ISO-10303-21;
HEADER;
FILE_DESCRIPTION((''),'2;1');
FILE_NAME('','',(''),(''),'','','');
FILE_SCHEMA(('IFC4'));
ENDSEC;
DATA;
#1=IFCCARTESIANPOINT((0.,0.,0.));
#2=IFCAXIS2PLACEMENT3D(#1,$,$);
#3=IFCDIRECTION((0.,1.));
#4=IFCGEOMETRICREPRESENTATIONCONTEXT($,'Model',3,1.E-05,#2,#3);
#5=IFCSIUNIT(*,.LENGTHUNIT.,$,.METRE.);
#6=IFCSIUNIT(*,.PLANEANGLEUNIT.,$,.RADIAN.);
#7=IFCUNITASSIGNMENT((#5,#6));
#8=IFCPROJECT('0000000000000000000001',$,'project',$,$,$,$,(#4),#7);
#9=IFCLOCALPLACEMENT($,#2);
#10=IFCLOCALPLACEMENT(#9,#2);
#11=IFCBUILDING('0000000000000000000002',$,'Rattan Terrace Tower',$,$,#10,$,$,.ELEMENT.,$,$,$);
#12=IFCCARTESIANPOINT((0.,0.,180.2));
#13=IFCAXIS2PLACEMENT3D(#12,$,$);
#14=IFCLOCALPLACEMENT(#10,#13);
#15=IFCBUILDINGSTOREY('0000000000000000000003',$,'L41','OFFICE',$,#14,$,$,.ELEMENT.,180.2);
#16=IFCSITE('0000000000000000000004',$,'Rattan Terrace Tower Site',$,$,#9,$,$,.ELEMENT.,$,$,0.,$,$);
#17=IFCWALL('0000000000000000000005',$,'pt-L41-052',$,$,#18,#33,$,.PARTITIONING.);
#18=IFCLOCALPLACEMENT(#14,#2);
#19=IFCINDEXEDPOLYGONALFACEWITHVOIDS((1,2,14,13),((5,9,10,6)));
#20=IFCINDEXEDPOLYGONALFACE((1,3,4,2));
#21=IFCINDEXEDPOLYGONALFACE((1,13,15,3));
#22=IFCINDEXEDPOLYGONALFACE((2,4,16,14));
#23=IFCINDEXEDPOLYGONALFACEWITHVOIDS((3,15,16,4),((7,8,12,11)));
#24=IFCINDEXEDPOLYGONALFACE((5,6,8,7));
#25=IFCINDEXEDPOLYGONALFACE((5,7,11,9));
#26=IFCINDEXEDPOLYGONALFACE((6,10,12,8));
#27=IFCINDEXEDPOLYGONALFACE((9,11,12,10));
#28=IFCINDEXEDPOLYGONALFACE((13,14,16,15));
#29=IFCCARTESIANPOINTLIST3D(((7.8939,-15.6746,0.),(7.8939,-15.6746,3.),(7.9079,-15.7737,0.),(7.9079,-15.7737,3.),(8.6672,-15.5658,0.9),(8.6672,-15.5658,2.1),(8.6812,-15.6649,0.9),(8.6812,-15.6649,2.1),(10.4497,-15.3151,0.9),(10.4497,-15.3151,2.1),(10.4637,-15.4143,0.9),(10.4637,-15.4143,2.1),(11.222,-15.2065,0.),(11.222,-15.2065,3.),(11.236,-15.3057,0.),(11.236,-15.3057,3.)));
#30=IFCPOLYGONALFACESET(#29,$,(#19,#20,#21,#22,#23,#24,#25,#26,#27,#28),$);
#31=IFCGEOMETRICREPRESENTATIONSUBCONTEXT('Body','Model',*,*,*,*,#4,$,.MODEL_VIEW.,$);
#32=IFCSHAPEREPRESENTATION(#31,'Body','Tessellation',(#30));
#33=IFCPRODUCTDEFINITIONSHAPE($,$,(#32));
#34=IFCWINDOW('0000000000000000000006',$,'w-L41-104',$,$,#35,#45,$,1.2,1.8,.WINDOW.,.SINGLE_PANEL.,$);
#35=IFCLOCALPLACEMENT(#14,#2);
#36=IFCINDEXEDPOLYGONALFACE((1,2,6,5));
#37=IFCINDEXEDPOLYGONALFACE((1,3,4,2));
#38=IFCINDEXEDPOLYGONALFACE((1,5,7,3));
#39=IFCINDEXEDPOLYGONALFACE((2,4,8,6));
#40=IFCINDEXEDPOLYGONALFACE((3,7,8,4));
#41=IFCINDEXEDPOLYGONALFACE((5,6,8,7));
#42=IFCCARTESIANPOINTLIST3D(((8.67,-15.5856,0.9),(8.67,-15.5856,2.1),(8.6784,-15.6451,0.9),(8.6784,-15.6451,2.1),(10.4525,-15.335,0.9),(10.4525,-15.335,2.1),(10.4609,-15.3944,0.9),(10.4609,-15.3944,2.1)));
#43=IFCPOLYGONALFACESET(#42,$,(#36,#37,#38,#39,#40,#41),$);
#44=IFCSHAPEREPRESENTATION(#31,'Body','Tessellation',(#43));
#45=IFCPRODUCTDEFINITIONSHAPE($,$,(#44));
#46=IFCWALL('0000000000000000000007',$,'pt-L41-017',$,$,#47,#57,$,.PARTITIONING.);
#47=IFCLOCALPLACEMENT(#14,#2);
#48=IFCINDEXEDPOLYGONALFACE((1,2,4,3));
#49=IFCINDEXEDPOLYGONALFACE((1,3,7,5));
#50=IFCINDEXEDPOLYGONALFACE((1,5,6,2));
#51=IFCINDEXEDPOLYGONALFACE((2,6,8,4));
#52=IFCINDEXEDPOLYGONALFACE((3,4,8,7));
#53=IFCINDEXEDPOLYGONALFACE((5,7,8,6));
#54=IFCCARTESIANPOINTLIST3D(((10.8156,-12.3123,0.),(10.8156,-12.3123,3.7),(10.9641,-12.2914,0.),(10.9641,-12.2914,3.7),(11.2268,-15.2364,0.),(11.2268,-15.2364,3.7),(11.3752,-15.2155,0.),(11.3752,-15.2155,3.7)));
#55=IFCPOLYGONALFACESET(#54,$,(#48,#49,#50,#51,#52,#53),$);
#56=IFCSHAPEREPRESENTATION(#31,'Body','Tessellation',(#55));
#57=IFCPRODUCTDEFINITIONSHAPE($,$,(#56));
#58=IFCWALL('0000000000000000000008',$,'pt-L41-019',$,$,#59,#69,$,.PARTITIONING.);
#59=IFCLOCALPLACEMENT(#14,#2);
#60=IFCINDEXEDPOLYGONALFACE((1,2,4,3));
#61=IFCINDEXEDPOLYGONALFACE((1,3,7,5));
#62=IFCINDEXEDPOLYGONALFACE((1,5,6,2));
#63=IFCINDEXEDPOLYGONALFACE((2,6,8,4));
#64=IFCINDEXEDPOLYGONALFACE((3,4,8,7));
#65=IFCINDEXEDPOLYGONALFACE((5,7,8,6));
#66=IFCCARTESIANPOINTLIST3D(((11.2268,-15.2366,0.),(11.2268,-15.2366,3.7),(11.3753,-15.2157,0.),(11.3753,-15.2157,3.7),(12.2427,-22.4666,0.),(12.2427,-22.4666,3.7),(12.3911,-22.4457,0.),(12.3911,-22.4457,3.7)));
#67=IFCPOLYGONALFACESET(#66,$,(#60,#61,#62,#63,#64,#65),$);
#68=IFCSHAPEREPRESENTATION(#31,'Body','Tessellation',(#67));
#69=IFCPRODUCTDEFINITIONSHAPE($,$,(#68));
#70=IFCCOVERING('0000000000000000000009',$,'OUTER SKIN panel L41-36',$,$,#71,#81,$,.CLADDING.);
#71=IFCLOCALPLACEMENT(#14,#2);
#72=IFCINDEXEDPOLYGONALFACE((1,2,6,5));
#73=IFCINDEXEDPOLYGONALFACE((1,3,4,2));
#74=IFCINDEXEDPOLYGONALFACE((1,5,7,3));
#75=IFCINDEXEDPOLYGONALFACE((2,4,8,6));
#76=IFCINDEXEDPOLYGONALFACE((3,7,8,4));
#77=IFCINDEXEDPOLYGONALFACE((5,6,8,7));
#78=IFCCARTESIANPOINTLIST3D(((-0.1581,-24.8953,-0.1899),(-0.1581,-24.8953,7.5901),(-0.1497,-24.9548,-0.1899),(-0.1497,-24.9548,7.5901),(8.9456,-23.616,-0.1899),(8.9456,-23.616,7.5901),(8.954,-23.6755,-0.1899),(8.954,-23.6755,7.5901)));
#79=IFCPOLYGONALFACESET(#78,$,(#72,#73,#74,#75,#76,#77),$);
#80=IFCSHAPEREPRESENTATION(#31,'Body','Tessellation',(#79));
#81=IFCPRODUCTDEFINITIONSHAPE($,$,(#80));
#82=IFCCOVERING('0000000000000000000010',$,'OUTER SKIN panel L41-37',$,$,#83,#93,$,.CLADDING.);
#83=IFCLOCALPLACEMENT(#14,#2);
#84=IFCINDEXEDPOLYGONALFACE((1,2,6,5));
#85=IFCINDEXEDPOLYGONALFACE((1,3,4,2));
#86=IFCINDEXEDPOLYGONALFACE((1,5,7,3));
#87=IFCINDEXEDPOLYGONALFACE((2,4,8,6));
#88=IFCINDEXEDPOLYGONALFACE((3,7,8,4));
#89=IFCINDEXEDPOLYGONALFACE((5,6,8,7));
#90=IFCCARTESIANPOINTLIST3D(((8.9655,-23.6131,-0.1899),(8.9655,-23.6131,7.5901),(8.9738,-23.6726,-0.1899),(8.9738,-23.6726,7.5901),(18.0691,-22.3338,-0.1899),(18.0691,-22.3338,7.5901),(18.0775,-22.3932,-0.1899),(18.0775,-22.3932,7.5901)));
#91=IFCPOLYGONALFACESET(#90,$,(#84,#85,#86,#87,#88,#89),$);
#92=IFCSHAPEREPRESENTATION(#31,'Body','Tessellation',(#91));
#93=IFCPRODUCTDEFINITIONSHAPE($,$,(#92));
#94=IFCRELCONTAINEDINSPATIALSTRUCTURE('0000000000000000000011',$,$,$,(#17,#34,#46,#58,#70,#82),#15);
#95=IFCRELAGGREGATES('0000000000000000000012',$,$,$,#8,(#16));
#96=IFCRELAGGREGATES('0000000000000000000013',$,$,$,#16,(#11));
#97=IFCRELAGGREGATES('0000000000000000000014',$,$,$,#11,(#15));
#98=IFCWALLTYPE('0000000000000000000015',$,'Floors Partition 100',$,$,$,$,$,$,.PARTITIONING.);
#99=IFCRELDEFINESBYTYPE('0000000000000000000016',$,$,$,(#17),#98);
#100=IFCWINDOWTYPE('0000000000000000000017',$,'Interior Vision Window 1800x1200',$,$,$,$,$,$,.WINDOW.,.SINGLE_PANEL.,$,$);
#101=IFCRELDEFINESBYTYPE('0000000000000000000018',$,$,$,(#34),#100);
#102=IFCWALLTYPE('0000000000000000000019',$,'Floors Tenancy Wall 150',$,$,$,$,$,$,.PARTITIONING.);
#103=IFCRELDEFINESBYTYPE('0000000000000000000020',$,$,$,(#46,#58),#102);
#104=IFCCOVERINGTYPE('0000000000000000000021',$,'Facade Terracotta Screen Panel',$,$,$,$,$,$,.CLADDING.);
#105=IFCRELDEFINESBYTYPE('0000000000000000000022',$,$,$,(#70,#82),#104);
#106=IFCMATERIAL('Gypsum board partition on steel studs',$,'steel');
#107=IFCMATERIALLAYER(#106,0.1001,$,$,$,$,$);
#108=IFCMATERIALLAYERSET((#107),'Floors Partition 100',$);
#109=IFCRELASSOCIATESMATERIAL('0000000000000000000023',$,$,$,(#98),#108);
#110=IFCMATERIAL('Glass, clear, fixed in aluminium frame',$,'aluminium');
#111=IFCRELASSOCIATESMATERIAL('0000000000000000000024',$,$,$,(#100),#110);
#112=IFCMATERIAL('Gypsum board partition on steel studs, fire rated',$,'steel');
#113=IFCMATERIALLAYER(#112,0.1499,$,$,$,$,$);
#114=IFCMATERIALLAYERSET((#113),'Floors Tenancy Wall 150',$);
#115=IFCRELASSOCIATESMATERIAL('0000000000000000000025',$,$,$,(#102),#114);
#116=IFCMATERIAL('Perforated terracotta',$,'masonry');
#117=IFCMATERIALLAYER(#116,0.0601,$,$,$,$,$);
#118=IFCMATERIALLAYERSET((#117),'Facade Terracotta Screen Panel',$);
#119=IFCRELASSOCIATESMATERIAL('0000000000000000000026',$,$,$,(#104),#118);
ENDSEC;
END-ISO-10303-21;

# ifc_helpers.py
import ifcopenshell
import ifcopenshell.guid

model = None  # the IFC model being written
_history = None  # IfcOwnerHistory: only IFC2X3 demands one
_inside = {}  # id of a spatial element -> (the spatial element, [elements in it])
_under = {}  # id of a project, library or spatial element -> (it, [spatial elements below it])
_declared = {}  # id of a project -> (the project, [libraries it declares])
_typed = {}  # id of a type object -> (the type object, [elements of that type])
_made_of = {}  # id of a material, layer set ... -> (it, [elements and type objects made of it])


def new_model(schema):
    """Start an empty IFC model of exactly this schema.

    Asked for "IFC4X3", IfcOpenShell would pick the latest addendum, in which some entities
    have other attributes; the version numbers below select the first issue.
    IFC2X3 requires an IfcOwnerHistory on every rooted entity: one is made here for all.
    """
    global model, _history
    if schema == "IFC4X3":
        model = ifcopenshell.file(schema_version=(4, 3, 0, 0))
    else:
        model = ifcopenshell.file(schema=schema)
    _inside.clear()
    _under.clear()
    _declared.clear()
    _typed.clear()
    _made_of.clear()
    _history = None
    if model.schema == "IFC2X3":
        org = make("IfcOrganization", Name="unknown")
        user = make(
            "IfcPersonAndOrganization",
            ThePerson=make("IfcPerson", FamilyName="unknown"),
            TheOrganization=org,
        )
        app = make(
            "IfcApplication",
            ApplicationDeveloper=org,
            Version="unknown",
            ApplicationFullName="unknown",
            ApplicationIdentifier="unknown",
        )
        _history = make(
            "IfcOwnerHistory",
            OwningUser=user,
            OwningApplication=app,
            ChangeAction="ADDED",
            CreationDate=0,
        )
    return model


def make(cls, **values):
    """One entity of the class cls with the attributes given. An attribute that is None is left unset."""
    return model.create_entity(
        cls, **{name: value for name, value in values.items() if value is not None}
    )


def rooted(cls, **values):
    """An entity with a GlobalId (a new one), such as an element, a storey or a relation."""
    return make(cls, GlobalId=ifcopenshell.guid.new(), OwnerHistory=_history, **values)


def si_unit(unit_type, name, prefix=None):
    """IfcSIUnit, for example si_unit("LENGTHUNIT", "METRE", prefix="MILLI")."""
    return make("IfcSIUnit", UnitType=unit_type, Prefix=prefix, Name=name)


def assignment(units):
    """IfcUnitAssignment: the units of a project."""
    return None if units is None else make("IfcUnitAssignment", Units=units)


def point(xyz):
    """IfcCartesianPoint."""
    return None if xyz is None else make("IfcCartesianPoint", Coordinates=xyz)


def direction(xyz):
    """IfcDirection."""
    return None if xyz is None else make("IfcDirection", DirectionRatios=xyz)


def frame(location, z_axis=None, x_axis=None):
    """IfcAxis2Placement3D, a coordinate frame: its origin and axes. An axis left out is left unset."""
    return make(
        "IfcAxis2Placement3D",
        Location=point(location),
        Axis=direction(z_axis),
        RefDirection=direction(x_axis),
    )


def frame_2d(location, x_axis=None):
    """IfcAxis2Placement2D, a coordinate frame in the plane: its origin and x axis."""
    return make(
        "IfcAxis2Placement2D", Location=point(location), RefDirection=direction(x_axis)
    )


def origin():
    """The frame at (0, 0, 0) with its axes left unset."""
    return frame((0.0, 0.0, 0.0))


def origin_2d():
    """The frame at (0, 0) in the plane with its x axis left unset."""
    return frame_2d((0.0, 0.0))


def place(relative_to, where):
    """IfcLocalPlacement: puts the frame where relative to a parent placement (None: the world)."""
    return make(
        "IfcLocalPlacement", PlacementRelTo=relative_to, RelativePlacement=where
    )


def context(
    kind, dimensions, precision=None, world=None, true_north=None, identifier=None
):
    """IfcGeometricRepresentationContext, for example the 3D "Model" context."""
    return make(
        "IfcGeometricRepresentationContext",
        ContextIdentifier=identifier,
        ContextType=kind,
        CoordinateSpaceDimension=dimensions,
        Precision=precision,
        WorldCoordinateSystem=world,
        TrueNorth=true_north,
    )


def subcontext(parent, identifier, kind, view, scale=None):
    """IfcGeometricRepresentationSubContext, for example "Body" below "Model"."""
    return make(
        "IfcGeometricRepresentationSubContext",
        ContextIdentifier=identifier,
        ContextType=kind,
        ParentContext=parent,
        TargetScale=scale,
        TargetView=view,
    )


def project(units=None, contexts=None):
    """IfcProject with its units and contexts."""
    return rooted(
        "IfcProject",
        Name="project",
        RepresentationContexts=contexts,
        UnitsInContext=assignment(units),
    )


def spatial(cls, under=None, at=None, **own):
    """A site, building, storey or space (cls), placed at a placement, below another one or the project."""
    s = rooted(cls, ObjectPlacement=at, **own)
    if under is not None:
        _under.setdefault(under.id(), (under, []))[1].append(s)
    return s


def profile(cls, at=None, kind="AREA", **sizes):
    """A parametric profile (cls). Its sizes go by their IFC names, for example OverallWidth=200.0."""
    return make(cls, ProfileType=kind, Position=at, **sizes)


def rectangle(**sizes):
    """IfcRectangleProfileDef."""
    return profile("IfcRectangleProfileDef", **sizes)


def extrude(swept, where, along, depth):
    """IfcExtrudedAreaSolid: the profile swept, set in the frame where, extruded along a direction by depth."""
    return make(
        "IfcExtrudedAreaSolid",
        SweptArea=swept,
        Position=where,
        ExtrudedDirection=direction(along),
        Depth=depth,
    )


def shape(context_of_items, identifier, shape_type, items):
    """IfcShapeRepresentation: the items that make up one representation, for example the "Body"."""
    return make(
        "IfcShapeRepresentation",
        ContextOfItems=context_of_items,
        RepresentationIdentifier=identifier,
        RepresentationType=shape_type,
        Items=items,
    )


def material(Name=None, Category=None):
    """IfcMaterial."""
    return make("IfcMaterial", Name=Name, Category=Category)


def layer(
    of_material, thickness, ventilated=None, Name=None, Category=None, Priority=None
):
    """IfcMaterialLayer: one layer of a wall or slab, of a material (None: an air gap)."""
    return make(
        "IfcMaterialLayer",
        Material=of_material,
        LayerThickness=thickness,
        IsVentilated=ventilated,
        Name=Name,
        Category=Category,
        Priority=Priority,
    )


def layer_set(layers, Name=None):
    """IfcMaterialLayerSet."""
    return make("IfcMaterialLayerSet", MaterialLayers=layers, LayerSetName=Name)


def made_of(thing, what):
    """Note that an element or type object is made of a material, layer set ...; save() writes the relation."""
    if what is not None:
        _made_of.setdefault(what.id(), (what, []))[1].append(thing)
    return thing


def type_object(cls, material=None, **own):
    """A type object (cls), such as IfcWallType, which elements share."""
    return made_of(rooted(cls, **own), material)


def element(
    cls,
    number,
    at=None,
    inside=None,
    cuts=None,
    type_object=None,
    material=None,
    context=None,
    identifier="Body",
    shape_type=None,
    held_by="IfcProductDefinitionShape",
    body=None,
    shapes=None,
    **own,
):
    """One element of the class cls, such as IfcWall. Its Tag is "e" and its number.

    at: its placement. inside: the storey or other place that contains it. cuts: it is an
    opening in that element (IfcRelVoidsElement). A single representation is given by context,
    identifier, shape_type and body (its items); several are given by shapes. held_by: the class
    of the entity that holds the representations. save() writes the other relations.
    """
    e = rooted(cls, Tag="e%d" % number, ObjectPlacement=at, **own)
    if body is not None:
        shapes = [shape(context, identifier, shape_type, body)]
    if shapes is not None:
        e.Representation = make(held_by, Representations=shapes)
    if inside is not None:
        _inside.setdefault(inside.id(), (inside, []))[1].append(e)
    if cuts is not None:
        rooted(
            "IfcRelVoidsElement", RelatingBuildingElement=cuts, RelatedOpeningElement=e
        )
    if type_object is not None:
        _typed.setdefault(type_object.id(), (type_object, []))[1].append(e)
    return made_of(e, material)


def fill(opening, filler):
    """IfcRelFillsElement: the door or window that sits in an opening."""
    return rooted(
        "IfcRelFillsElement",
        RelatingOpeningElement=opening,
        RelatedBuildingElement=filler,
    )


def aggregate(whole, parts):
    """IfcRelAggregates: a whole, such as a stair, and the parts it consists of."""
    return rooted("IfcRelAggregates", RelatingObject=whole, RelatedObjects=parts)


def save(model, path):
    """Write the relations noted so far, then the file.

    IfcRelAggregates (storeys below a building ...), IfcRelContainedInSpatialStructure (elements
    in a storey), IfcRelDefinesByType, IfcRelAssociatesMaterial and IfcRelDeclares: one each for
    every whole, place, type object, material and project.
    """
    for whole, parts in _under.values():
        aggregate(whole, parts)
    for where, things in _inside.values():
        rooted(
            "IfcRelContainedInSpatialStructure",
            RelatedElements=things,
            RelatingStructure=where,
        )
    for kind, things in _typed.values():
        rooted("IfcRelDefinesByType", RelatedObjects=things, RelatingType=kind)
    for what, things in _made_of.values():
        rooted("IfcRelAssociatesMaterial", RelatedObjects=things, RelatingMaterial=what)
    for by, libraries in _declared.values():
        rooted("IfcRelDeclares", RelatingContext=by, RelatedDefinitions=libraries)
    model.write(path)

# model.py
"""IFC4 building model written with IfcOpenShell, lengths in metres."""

from ifc_helpers import new_model, si_unit, direction, frame, frame_2d, origin, origin_2d, place, context, subcontext, project, spatial, rectangle, extrude, material, layer, layer_set, type_object, element, fill, save


model = new_model("IFC4")

# Units and contexts
model_context = context("Model", 3, precision=1e-05, world=origin(), true_north=direction((0.0, 1.0)))
body_context = subcontext(model_context, "Body", "Model", "MODEL_VIEW")
ifc_project = project(units=[si_unit("LENGTHUNIT", "METRE"), si_unit("PLANEANGLEUNIT", "RADIAN")], contexts=[model_context])

# Site, building, storey
site_placement = place(None, origin())
site = spatial("IfcSite", under=ifc_project, at=site_placement, Name="Rattan Terrace Tower Site", CompositionType="ELEMENT", RefElevation=0.0)
building_placement = place(site_placement, origin())
building = spatial("IfcBuilding", under=site, at=building_placement, Name="Rattan Terrace Tower", CompositionType="ELEMENT")
storey_placement = place(building_placement, frame((0.0, 0.0, 180.2)))
storey = spatial("IfcBuildingStorey", under=building, at=storey_placement, Name="L41", Description="OFFICE", CompositionType="ELEMENT", Elevation=180.2)

# Shared definitions
ifc_material_1 = material(Name="Gypsum board partition on steel studs", Category="steel")
ifc_layer_1 = layer(ifc_material_1, 0.1001)
ifc_layer_set_1 = layer_set([ifc_layer_1], Name="Floors Partition 100")
wall_type_1 = type_object("IfcWallType", Name="Floors Partition 100", PredefinedType="PARTITIONING", material=ifc_layer_set_1)
ifc_material_2 = material(Name="Glass, clear, fixed in aluminium frame", Category="aluminium")
window_type = type_object("IfcWindowType", Name="Interior Vision Window 1800x1200", PartitioningType="SINGLE_PANEL", PredefinedType="WINDOW", material=ifc_material_2)

# Wall, opening, window
wall_1_placement = place(storey_placement, frame((11.229, -15.2561, 0.0), z_axis=(0.0, 0.0, 1.0), x_axis=(-0.990257, -0.139255, 0.0)))
wall_1 = element("IfcWall", 1, at=wall_1_placement, inside=storey, type_object=wall_type_1, Name="pt-L41-052", PredefinedType="PARTITIONING", context=body_context, shape_type="SweptSolid", body=[
    extrude(rectangle(XDim=3.3608, YDim=0.1001, at=frame_2d((1.6804, 0.0))), origin(), (0.0, 0.0, 1.0), 3.0),
])
opening_1_placement = place(wall_1_placement, frame((0.78, 0.0, 0.8999)))
opening_1 = element("IfcOpeningElement", 2, at=opening_1_placement, cuts=wall_1, PredefinedType="OPENING", context=body_context, shape_type="SweptSolid", body=[
    extrude(rectangle(XDim=1.8, YDim=1.2, at=frame_2d((0.8999, 0.6001))), frame((0.0, 0.0605, 0.0), z_axis=(0.0, -1.0, 0.0), x_axis=(1.0, 0.0, 0.0)), (0.0, 0.0, 1.0), 0.1211),
])
window_1_placement = place(opening_1_placement, origin())
window_1 = element("IfcWindow", 3, at=window_1_placement, inside=storey, type_object=window_type, Name="w-L41-104", OverallHeight=1.2, OverallWidth=1.8, PartitioningType="SINGLE_PANEL", PredefinedType="WINDOW", context=body_context, shape_type="SweptSolid", body=[
    extrude(rectangle(XDim=1.8, YDim=1.2, at=frame_2d((0.8999, 0.6001))), frame((0.0, 0.03, 0.0), z_axis=(0.0, -1.0, 0.0), x_axis=(1.0, 0.0, 0.0)), (0.0, 0.0, 1.0), 0.0601),
])
fill(opening_1, window_1)

# Walls
ifc_material_3 = material(Name="Gypsum board partition on steel studs, fire rated", Category="steel")
ifc_layer_2 = layer(ifc_material_3, 0.1499)
ifc_layer_set_2 = layer_set([ifc_layer_2], Name="Floors Tenancy Wall 150")
wall_type_2 = type_object("IfcWallType", Name="Floors Tenancy Wall 150", PredefinedType="PARTITIONING", material=ifc_layer_set_2)
wall_2_placement = place(storey_placement, frame((11.301, -15.2261, 0.0), z_axis=(0.0, 0.0, 1.0), x_axis=(-0.139233, 0.99026, 0.0)))
element("IfcWall", 4, at=wall_2_placement, inside=storey, type_object=wall_type_2, Name="pt-L41-017", PredefinedType="PARTITIONING", context=body_context, shape_type="SweptSolid", body=[
    extrude(rectangle(XDim=2.9529, YDim=0.1499, at=frame_2d((1.4766, 0.0))), origin(), (0.0, 0.0, 1.0), 3.7),
])
wall_3_placement = place(storey_placement, frame((12.3169, -22.4561, 0.0), z_axis=(0.0, 0.0, 1.0), x_axis=(-0.139141, 0.990273, 0.0)))
element("IfcWall", 5, at=wall_3_placement, inside=storey, type_object=wall_type_2, Name="pt-L41-019", PredefinedType="PARTITIONING", context=body_context, shape_type="SweptSolid", body=[
    extrude(rectangle(XDim=7.301, YDim=0.1499, at=frame_2d((3.6504, 0.0))), origin(), (0.0, 0.0, 1.0), 3.7),
])

# Coverings
ifc_material_4 = material(Name="Perforated terracotta", Category="masonry")
ifc_layer_3 = layer(ifc_material_4, 0.0601)
ifc_layer_set_3 = layer_set([ifc_layer_3], Name="Facade Terracotta Screen Panel")
covering_type = type_object("IfcCoveringType", Name="Facade Terracotta Screen Panel", PredefinedType="CLADDING", material=ifc_layer_set_3)
for number, where, z_axis, x_axis, name in (
    (6, (4.3979, -24.2854, -0.1899), (0.0, 0.0, 1.0), (0.99027, 0.139161, 0.0), "OUTER SKIN panel L41-36"),
    (7, (13.5215, -23.0032, -0.1899), (0.0, 0.0, 1.0), (0.99027, 0.139161, 0.0), "OUTER SKIN panel L41-37"),
):
    element("IfcCovering", number, at=place(storey_placement, frame(where, z_axis=z_axis, x_axis=x_axis)), inside=storey, type_object=covering_type, Name=name, PredefinedType="CLADDING", context=body_context, shape_type="SweptSolid", body=[
        extrude(rectangle(XDim=9.1931, YDim=0.0601, at=origin_2d()), origin(), (0.0, 0.0, 1.0), 7.78),
    ])

save(model, "model.ifc")
